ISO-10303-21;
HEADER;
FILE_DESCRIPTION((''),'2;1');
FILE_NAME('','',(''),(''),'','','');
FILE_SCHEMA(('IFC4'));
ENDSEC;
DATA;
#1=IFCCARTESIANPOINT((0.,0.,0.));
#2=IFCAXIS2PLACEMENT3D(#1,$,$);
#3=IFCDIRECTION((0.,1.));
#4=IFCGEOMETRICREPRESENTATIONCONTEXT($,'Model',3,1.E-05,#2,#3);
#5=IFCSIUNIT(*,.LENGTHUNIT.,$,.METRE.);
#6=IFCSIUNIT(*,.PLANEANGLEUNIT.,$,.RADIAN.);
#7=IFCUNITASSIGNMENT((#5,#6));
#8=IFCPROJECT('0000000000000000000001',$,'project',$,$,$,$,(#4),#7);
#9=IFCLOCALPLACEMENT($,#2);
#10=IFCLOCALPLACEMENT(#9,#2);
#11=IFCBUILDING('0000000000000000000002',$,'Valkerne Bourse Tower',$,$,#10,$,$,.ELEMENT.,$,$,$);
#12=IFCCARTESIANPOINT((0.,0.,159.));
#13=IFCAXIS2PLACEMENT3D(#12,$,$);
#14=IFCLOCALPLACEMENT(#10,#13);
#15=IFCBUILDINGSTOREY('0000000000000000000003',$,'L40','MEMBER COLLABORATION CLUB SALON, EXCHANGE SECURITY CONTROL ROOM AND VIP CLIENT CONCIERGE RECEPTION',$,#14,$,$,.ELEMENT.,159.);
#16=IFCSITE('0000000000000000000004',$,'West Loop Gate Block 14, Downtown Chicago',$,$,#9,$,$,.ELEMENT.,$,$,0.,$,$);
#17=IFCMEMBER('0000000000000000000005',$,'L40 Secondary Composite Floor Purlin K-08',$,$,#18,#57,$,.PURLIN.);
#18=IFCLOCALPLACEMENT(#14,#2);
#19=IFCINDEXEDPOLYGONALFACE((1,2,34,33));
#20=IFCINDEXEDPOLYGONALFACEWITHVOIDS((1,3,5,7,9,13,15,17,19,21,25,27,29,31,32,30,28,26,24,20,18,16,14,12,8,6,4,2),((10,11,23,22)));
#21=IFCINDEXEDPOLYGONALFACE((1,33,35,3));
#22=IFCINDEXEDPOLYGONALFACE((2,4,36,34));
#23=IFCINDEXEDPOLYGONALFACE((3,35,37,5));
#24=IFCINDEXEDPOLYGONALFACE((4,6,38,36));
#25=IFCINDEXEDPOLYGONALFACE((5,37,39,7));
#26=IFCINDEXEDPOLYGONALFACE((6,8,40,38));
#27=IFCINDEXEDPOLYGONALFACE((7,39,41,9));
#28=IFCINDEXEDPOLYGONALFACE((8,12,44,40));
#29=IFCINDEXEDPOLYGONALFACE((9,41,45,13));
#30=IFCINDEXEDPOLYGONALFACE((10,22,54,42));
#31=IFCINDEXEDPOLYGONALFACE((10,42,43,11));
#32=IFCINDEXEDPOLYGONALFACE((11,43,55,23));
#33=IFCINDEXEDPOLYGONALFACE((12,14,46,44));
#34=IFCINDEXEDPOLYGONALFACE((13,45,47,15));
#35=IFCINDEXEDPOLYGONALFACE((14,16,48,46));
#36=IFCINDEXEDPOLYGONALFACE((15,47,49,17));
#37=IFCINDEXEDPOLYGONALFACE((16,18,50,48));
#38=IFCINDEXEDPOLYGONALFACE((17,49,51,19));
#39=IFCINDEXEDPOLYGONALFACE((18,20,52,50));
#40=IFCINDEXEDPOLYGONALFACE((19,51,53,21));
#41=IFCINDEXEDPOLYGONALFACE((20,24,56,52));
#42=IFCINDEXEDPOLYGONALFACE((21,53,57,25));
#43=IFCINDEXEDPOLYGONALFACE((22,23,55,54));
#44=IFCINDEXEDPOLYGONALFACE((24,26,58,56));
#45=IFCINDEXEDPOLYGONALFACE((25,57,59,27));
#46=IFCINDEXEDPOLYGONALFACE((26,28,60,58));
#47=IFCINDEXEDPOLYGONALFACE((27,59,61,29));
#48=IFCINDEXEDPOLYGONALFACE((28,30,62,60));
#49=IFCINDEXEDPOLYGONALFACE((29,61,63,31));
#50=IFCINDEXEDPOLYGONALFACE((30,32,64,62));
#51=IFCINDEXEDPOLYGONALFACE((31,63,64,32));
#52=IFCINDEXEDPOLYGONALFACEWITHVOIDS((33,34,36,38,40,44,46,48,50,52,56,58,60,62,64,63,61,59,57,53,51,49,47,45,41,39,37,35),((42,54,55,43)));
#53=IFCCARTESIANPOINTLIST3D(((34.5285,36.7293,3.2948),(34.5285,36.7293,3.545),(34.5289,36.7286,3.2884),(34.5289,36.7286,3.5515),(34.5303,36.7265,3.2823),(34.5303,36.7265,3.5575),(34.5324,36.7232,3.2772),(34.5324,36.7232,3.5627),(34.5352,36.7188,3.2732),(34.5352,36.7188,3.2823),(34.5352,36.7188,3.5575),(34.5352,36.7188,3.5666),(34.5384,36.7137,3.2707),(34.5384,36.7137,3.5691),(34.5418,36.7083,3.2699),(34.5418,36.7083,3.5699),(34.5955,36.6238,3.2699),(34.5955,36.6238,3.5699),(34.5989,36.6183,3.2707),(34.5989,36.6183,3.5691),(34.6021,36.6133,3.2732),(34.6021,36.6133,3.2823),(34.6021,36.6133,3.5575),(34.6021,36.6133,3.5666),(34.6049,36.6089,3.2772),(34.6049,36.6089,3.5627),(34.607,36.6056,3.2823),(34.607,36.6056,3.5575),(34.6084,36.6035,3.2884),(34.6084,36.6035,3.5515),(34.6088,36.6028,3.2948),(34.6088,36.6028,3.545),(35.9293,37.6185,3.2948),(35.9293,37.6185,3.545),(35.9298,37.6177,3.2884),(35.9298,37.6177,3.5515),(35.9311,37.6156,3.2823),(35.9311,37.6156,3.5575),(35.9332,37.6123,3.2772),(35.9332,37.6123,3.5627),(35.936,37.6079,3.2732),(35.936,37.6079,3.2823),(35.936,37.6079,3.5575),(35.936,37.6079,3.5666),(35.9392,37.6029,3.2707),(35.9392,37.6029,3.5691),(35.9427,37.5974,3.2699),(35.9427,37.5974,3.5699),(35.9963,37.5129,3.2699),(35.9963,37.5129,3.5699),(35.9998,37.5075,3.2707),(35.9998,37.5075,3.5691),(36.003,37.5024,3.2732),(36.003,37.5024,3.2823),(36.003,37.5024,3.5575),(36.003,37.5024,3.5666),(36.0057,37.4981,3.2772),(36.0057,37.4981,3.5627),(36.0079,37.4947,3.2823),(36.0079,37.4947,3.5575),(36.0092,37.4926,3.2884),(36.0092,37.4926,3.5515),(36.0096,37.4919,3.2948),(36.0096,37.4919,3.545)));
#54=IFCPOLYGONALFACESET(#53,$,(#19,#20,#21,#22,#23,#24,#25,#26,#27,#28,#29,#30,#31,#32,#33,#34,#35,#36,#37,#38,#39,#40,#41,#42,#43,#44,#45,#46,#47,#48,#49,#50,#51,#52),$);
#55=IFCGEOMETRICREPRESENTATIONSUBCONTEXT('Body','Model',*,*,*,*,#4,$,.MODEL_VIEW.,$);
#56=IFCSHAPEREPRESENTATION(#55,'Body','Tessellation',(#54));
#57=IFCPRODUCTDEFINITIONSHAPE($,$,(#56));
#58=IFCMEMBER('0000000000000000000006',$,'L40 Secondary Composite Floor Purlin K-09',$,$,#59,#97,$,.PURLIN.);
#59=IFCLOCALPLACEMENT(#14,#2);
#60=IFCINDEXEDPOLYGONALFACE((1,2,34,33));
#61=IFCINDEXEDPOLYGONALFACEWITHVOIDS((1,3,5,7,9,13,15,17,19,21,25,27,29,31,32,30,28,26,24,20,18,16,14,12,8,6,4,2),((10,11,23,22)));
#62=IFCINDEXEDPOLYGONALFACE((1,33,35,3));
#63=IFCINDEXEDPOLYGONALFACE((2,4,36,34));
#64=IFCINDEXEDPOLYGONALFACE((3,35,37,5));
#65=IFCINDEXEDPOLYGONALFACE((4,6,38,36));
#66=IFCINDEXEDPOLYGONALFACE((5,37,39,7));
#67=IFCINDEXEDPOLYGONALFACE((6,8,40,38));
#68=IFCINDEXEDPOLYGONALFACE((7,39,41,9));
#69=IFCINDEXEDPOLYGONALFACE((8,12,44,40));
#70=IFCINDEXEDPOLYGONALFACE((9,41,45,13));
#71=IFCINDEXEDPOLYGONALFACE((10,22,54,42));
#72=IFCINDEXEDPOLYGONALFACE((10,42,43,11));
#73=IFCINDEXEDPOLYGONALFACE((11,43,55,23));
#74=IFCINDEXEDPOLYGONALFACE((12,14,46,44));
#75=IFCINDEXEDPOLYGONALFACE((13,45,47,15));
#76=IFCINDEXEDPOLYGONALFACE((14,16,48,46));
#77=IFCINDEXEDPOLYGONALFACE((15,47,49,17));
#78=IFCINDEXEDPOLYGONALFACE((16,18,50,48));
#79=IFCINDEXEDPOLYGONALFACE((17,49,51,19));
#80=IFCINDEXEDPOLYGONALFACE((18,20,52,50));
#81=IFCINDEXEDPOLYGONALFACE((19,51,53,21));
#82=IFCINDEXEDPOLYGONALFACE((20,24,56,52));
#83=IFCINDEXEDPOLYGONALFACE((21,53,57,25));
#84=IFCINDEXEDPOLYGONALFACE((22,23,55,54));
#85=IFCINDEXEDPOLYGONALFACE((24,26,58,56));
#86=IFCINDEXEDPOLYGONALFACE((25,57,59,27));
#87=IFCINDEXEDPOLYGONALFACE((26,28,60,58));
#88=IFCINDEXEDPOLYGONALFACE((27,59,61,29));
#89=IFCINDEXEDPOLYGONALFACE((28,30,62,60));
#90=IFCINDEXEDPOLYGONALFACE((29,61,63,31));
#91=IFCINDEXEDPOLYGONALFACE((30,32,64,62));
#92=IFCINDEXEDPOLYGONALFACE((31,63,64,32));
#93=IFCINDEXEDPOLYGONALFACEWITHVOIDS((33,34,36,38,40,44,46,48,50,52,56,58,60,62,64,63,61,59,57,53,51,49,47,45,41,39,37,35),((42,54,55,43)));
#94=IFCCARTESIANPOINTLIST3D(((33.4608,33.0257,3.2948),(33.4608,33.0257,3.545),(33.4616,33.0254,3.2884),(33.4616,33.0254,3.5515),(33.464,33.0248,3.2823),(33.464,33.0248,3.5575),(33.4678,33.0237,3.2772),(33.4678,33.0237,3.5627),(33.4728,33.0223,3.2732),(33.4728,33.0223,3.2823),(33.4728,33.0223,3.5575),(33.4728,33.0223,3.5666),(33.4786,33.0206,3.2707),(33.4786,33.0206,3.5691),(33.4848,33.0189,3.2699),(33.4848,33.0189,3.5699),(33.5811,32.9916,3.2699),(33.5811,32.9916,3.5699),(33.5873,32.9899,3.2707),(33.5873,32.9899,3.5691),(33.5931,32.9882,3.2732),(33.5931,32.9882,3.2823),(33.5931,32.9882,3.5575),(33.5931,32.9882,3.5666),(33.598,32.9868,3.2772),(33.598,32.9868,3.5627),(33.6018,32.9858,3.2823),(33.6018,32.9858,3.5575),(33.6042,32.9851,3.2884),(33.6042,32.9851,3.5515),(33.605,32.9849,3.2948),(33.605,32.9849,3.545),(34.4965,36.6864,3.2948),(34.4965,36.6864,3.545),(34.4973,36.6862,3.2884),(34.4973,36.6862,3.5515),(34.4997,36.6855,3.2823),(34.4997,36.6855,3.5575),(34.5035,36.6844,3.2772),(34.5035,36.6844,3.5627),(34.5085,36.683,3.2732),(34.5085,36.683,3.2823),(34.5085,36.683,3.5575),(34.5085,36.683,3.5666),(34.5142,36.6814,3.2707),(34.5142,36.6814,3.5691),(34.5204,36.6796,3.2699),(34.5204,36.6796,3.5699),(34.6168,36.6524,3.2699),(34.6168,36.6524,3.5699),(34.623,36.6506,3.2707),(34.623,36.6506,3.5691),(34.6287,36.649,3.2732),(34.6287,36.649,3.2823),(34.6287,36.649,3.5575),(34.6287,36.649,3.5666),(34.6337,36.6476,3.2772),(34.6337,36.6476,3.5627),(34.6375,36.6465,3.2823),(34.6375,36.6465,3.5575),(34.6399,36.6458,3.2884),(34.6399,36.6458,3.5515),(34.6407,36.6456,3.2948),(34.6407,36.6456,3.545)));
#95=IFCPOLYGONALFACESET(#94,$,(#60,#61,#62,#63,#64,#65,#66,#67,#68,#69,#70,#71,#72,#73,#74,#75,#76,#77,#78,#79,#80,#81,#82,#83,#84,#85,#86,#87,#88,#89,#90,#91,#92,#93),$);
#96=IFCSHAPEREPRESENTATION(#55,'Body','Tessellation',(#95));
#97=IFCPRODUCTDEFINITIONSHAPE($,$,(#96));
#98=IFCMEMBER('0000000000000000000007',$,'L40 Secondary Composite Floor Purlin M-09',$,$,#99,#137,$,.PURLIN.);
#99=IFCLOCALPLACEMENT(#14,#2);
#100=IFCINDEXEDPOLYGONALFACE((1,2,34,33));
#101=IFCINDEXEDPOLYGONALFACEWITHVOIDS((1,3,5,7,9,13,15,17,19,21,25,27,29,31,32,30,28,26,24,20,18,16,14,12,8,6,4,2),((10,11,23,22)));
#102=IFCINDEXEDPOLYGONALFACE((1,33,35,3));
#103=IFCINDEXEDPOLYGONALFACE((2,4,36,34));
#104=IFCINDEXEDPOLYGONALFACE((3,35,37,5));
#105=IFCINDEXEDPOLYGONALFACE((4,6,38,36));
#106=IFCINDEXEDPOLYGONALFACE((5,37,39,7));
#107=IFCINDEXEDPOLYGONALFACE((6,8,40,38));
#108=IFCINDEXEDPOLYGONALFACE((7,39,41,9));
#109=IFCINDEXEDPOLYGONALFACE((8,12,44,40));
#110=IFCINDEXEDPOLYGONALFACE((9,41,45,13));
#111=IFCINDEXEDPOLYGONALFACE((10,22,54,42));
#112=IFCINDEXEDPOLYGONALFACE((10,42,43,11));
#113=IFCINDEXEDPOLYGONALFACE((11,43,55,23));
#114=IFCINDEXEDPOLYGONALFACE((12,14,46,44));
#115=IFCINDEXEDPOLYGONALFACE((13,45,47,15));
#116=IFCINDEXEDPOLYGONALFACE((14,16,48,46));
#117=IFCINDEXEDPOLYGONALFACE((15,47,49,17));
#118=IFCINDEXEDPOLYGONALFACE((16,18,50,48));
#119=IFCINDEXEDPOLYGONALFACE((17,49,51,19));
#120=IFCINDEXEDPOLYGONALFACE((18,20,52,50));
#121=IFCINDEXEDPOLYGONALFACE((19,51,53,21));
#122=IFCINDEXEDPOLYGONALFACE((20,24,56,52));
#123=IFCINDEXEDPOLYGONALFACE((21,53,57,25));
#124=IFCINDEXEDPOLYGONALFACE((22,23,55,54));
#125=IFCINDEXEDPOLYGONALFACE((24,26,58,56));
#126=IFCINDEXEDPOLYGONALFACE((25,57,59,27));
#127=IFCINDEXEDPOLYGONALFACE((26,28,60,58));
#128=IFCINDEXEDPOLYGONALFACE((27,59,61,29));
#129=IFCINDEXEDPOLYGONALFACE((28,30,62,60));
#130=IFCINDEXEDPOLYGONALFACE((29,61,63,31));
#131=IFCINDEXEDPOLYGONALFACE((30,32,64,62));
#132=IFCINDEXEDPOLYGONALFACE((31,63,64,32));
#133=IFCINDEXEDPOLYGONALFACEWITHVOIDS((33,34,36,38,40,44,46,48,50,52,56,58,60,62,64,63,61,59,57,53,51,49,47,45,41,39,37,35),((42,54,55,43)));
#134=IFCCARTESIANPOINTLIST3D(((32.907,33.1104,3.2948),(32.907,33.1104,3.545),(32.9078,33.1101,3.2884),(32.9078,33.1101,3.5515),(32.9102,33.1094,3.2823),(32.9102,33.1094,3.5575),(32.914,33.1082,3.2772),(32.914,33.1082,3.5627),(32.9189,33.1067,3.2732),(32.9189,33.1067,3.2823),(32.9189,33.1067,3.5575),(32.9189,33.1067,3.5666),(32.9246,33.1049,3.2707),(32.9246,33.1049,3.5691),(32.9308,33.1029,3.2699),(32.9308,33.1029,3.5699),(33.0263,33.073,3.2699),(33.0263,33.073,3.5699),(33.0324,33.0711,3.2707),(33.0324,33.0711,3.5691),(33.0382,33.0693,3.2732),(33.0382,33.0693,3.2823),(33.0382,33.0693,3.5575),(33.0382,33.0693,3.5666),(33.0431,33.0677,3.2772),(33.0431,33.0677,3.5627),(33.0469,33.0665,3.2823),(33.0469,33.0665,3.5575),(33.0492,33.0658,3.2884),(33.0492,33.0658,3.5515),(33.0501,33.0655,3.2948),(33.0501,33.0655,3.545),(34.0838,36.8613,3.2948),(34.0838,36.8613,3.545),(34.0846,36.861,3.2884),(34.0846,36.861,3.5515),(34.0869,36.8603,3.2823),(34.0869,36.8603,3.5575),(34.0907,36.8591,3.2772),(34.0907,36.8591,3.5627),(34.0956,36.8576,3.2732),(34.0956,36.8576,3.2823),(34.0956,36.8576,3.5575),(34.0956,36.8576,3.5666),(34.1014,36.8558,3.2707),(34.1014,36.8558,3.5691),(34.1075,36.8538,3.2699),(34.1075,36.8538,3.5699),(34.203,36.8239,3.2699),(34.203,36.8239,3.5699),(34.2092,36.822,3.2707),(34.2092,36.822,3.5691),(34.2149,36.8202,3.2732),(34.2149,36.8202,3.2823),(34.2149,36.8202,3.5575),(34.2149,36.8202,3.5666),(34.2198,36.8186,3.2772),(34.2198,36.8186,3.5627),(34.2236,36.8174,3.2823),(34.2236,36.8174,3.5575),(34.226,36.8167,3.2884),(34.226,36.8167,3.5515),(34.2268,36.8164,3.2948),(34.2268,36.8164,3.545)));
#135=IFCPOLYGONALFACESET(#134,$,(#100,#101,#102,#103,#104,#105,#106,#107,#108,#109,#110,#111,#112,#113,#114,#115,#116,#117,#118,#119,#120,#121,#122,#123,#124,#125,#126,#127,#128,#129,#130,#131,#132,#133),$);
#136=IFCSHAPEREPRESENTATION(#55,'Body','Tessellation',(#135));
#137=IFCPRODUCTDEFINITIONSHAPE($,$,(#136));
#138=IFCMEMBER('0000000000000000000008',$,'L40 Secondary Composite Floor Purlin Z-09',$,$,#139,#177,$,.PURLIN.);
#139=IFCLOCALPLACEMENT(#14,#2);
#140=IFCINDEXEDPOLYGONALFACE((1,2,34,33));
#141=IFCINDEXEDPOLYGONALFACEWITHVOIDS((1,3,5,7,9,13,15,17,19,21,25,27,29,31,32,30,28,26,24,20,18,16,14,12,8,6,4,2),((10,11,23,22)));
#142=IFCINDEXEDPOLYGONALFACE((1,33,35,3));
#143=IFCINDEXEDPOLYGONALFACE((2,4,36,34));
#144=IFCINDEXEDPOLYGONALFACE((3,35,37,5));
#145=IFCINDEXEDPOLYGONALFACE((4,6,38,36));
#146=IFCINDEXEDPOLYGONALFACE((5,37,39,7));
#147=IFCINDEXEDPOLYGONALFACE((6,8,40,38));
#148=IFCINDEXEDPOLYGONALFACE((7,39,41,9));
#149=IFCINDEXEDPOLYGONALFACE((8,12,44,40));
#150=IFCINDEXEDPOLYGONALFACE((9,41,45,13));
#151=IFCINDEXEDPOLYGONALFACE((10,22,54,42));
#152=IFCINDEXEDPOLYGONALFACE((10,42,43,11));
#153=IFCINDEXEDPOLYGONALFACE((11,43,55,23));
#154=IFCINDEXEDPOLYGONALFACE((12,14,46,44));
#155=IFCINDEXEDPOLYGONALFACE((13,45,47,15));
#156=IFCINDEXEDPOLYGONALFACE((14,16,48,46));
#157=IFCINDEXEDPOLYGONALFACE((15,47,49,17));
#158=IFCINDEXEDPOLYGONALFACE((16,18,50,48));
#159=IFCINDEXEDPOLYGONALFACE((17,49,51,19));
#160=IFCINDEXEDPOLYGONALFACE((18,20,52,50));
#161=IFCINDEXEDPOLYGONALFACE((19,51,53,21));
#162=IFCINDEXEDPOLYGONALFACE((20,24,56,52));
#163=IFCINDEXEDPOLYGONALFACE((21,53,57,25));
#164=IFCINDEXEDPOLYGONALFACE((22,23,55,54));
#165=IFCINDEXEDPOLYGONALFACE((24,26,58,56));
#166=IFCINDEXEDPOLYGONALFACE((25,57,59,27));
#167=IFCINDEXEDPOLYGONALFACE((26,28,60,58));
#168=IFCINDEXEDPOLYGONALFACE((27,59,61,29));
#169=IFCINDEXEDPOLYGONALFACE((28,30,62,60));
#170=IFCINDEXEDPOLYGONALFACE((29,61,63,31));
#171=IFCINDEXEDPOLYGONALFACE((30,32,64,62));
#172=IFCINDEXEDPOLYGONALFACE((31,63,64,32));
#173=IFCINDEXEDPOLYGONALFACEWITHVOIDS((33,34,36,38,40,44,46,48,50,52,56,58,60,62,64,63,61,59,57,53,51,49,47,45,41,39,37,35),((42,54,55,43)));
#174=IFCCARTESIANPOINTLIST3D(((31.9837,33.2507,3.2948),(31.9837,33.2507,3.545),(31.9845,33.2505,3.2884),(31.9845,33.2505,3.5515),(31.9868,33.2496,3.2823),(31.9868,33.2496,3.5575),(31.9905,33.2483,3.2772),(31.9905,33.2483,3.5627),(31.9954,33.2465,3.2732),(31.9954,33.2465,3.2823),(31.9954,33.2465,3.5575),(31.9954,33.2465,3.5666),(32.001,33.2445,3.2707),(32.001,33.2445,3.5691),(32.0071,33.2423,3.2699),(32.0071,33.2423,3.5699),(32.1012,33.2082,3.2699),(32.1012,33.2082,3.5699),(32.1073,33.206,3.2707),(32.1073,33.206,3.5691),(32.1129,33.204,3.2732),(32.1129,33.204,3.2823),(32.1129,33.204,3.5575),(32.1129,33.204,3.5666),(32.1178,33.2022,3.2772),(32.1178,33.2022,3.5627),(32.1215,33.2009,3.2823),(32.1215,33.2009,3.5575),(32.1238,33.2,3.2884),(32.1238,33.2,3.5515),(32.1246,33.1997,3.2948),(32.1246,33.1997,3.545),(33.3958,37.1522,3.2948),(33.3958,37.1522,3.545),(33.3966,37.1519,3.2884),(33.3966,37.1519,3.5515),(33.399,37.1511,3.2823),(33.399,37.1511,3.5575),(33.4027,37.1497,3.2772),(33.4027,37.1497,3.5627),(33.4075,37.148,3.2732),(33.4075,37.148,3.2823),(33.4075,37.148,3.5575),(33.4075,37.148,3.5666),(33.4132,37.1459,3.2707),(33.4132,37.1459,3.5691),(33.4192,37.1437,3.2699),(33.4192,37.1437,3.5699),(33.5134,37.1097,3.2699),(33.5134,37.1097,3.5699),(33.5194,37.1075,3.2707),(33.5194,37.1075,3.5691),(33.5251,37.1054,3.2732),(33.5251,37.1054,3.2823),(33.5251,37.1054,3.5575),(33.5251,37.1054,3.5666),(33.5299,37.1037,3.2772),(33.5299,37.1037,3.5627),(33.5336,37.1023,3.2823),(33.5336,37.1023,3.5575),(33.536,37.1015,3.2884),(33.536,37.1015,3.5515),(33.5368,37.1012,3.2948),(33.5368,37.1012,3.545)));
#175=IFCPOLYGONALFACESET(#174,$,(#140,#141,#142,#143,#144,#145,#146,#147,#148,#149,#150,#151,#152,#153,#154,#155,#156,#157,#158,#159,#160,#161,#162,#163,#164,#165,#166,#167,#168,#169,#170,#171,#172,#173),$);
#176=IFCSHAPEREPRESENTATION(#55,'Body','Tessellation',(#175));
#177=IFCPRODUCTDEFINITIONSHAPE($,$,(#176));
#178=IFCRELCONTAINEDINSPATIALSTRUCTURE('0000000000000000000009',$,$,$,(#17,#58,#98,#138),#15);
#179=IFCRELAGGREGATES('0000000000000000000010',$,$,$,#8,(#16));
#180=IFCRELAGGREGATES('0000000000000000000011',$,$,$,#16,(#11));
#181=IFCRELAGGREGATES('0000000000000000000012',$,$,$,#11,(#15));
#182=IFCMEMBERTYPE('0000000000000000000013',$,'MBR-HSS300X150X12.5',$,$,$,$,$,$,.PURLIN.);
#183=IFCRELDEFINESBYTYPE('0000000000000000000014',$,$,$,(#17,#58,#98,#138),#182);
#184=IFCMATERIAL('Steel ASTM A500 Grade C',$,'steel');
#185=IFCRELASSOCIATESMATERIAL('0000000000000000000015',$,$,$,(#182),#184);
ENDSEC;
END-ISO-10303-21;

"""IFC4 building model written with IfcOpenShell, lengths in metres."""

from ifc_helpers import new_model, si_unit, direction, frame, origin, origin_2d, place, context, subcontext, project, spatial, hollow_rectangle, extrude, material, material_profile, profile_set, type_object, element, save


model = new_model("IFC4")

# Units and contexts
model_context = context("Model", 3, precision=1e-05, world=origin(), true_north=direction((0.0, 1.0)))
body_context = subcontext(model_context, "Body", "Model", "MODEL_VIEW")
ifc_project = project(units=[si_unit("LENGTHUNIT", "METRE"), si_unit("PLANEANGLEUNIT", "RADIAN")], contexts=[model_context])

# Site, building, storey
site_placement = place(None, origin())
site = spatial("IfcSite", under=ifc_project, at=site_placement, Name="West Loop Gate Block 14, Downtown Chicago", CompositionType="ELEMENT", RefElevation=0.0)
building_placement = place(site_placement, origin())
building = spatial("IfcBuilding", under=site, at=building_placement, Name="Valkerne Bourse Tower", CompositionType="ELEMENT")
storey_placement = place(building_placement, frame((0.0, 0.0, 159.0)))
storey = spatial("IfcBuildingStorey", under=building, at=storey_placement, Name="L40", Description="MEMBER COLLABORATION CLUB SALON, EXCHANGE SECURITY CONTROL ROOM AND VIP CLIENT CONCIERGE RECEPTION", CompositionType="ELEMENT", Elevation=159.0)

# Members
ifc_material_1 = material(Name="Steel ASTM A500 Grade C", Category="steel")
ifc_material_profile_1 = material_profile(ifc_material_1, hollow_rectangle(XDim=0.1499, YDim=0.3, WallThickness=0.0125, OuterFilletRadius=0.0249, at=origin_2d()), Name="HSS300X150X12.5")
ifc_profile_set_1 = profile_set([ifc_material_profile_1], Name="Steel ASTM A500 Grade C")
member_type_1 = type_object("IfcMemberType", Name="MBR-HSS300X150X12.5", PredefinedType="PURLIN", material=ifc_profile_set_1)
member_1_placement = place(storey_placement, frame((35.9695, 37.5552, 3.4199), z_axis=(-0.844291, -0.535885, 0.0), x_axis=(0.535885, -0.844291, 0.0)))
element("IfcMember", 1, at=member_1_placement, inside=storey, type_object=member_type_1, Name="L40 Secondary Composite Floor Purlin K-08", PredefinedType="PURLIN", context=body_context, shape_type="SweptSolid", body=[
    extrude(hollow_rectangle(XDim=0.1499, YDim=0.3, WallThickness=0.0125, OuterFilletRadius=0.0249, at=origin_2d()), origin(), (0.0, 0.0, 1.0), 1.6592),
])
member_2_placement = place(storey_placement, frame((34.5686, 36.666, 3.4199), z_axis=(-0.272228, -0.962233, 0.0), x_axis=(0.962233, -0.272228, 0.0)))
element("IfcMember", 2, at=member_2_placement, inside=storey, type_object=member_type_1, Name="L40 Secondary Composite Floor Purlin K-09", PredefinedType="PURLIN", context=body_context, shape_type="SweptSolid", body=[
    extrude(hollow_rectangle(XDim=0.1499, YDim=0.3, WallThickness=0.0125, OuterFilletRadius=0.0249, at=origin_2d()), origin(), (0.0, 0.0, 1.0), 3.8044),
])
member_3_placement = place(storey_placement, frame((34.1553, 36.8389, 3.4199), z_axis=(-0.299336, -0.954148, 0.0), x_axis=(0.954148, -0.299336, 0.0)))
element("IfcMember", 3, at=member_3_placement, inside=storey, type_object=member_type_1, Name="L40 Secondary Composite Floor Purlin M-09", PredefinedType="PURLIN", context=body_context, shape_type="SweptSolid", body=[
    extrude(hollow_rectangle(XDim=0.1499, YDim=0.3, WallThickness=0.0125, OuterFilletRadius=0.0249, at=origin_2d()), origin(), (0.0, 0.0, 1.0), 3.9312),
])
member_4_placement = place(storey_placement, frame((33.4663, 37.1267, 3.4199), z_axis=(-0.340344, -0.940301, 0.0), x_axis=(0.940301, -0.340344, 0.0)))
element("IfcMember", 4, at=member_4_placement, inside=storey, type_object=member_type_1, Name="L40 Secondary Composite Floor Purlin Z-09", PredefinedType="PURLIN", context=body_context, shape_type="SweptSolid", body=[
    extrude(hollow_rectangle(XDim=0.1499, YDim=0.3, WallThickness=0.0125, OuterFilletRadius=0.0249, at=origin_2d()), origin(), (0.0, 0.0, 1.0), 4.1492),
])

save(model, "model.ifc")
